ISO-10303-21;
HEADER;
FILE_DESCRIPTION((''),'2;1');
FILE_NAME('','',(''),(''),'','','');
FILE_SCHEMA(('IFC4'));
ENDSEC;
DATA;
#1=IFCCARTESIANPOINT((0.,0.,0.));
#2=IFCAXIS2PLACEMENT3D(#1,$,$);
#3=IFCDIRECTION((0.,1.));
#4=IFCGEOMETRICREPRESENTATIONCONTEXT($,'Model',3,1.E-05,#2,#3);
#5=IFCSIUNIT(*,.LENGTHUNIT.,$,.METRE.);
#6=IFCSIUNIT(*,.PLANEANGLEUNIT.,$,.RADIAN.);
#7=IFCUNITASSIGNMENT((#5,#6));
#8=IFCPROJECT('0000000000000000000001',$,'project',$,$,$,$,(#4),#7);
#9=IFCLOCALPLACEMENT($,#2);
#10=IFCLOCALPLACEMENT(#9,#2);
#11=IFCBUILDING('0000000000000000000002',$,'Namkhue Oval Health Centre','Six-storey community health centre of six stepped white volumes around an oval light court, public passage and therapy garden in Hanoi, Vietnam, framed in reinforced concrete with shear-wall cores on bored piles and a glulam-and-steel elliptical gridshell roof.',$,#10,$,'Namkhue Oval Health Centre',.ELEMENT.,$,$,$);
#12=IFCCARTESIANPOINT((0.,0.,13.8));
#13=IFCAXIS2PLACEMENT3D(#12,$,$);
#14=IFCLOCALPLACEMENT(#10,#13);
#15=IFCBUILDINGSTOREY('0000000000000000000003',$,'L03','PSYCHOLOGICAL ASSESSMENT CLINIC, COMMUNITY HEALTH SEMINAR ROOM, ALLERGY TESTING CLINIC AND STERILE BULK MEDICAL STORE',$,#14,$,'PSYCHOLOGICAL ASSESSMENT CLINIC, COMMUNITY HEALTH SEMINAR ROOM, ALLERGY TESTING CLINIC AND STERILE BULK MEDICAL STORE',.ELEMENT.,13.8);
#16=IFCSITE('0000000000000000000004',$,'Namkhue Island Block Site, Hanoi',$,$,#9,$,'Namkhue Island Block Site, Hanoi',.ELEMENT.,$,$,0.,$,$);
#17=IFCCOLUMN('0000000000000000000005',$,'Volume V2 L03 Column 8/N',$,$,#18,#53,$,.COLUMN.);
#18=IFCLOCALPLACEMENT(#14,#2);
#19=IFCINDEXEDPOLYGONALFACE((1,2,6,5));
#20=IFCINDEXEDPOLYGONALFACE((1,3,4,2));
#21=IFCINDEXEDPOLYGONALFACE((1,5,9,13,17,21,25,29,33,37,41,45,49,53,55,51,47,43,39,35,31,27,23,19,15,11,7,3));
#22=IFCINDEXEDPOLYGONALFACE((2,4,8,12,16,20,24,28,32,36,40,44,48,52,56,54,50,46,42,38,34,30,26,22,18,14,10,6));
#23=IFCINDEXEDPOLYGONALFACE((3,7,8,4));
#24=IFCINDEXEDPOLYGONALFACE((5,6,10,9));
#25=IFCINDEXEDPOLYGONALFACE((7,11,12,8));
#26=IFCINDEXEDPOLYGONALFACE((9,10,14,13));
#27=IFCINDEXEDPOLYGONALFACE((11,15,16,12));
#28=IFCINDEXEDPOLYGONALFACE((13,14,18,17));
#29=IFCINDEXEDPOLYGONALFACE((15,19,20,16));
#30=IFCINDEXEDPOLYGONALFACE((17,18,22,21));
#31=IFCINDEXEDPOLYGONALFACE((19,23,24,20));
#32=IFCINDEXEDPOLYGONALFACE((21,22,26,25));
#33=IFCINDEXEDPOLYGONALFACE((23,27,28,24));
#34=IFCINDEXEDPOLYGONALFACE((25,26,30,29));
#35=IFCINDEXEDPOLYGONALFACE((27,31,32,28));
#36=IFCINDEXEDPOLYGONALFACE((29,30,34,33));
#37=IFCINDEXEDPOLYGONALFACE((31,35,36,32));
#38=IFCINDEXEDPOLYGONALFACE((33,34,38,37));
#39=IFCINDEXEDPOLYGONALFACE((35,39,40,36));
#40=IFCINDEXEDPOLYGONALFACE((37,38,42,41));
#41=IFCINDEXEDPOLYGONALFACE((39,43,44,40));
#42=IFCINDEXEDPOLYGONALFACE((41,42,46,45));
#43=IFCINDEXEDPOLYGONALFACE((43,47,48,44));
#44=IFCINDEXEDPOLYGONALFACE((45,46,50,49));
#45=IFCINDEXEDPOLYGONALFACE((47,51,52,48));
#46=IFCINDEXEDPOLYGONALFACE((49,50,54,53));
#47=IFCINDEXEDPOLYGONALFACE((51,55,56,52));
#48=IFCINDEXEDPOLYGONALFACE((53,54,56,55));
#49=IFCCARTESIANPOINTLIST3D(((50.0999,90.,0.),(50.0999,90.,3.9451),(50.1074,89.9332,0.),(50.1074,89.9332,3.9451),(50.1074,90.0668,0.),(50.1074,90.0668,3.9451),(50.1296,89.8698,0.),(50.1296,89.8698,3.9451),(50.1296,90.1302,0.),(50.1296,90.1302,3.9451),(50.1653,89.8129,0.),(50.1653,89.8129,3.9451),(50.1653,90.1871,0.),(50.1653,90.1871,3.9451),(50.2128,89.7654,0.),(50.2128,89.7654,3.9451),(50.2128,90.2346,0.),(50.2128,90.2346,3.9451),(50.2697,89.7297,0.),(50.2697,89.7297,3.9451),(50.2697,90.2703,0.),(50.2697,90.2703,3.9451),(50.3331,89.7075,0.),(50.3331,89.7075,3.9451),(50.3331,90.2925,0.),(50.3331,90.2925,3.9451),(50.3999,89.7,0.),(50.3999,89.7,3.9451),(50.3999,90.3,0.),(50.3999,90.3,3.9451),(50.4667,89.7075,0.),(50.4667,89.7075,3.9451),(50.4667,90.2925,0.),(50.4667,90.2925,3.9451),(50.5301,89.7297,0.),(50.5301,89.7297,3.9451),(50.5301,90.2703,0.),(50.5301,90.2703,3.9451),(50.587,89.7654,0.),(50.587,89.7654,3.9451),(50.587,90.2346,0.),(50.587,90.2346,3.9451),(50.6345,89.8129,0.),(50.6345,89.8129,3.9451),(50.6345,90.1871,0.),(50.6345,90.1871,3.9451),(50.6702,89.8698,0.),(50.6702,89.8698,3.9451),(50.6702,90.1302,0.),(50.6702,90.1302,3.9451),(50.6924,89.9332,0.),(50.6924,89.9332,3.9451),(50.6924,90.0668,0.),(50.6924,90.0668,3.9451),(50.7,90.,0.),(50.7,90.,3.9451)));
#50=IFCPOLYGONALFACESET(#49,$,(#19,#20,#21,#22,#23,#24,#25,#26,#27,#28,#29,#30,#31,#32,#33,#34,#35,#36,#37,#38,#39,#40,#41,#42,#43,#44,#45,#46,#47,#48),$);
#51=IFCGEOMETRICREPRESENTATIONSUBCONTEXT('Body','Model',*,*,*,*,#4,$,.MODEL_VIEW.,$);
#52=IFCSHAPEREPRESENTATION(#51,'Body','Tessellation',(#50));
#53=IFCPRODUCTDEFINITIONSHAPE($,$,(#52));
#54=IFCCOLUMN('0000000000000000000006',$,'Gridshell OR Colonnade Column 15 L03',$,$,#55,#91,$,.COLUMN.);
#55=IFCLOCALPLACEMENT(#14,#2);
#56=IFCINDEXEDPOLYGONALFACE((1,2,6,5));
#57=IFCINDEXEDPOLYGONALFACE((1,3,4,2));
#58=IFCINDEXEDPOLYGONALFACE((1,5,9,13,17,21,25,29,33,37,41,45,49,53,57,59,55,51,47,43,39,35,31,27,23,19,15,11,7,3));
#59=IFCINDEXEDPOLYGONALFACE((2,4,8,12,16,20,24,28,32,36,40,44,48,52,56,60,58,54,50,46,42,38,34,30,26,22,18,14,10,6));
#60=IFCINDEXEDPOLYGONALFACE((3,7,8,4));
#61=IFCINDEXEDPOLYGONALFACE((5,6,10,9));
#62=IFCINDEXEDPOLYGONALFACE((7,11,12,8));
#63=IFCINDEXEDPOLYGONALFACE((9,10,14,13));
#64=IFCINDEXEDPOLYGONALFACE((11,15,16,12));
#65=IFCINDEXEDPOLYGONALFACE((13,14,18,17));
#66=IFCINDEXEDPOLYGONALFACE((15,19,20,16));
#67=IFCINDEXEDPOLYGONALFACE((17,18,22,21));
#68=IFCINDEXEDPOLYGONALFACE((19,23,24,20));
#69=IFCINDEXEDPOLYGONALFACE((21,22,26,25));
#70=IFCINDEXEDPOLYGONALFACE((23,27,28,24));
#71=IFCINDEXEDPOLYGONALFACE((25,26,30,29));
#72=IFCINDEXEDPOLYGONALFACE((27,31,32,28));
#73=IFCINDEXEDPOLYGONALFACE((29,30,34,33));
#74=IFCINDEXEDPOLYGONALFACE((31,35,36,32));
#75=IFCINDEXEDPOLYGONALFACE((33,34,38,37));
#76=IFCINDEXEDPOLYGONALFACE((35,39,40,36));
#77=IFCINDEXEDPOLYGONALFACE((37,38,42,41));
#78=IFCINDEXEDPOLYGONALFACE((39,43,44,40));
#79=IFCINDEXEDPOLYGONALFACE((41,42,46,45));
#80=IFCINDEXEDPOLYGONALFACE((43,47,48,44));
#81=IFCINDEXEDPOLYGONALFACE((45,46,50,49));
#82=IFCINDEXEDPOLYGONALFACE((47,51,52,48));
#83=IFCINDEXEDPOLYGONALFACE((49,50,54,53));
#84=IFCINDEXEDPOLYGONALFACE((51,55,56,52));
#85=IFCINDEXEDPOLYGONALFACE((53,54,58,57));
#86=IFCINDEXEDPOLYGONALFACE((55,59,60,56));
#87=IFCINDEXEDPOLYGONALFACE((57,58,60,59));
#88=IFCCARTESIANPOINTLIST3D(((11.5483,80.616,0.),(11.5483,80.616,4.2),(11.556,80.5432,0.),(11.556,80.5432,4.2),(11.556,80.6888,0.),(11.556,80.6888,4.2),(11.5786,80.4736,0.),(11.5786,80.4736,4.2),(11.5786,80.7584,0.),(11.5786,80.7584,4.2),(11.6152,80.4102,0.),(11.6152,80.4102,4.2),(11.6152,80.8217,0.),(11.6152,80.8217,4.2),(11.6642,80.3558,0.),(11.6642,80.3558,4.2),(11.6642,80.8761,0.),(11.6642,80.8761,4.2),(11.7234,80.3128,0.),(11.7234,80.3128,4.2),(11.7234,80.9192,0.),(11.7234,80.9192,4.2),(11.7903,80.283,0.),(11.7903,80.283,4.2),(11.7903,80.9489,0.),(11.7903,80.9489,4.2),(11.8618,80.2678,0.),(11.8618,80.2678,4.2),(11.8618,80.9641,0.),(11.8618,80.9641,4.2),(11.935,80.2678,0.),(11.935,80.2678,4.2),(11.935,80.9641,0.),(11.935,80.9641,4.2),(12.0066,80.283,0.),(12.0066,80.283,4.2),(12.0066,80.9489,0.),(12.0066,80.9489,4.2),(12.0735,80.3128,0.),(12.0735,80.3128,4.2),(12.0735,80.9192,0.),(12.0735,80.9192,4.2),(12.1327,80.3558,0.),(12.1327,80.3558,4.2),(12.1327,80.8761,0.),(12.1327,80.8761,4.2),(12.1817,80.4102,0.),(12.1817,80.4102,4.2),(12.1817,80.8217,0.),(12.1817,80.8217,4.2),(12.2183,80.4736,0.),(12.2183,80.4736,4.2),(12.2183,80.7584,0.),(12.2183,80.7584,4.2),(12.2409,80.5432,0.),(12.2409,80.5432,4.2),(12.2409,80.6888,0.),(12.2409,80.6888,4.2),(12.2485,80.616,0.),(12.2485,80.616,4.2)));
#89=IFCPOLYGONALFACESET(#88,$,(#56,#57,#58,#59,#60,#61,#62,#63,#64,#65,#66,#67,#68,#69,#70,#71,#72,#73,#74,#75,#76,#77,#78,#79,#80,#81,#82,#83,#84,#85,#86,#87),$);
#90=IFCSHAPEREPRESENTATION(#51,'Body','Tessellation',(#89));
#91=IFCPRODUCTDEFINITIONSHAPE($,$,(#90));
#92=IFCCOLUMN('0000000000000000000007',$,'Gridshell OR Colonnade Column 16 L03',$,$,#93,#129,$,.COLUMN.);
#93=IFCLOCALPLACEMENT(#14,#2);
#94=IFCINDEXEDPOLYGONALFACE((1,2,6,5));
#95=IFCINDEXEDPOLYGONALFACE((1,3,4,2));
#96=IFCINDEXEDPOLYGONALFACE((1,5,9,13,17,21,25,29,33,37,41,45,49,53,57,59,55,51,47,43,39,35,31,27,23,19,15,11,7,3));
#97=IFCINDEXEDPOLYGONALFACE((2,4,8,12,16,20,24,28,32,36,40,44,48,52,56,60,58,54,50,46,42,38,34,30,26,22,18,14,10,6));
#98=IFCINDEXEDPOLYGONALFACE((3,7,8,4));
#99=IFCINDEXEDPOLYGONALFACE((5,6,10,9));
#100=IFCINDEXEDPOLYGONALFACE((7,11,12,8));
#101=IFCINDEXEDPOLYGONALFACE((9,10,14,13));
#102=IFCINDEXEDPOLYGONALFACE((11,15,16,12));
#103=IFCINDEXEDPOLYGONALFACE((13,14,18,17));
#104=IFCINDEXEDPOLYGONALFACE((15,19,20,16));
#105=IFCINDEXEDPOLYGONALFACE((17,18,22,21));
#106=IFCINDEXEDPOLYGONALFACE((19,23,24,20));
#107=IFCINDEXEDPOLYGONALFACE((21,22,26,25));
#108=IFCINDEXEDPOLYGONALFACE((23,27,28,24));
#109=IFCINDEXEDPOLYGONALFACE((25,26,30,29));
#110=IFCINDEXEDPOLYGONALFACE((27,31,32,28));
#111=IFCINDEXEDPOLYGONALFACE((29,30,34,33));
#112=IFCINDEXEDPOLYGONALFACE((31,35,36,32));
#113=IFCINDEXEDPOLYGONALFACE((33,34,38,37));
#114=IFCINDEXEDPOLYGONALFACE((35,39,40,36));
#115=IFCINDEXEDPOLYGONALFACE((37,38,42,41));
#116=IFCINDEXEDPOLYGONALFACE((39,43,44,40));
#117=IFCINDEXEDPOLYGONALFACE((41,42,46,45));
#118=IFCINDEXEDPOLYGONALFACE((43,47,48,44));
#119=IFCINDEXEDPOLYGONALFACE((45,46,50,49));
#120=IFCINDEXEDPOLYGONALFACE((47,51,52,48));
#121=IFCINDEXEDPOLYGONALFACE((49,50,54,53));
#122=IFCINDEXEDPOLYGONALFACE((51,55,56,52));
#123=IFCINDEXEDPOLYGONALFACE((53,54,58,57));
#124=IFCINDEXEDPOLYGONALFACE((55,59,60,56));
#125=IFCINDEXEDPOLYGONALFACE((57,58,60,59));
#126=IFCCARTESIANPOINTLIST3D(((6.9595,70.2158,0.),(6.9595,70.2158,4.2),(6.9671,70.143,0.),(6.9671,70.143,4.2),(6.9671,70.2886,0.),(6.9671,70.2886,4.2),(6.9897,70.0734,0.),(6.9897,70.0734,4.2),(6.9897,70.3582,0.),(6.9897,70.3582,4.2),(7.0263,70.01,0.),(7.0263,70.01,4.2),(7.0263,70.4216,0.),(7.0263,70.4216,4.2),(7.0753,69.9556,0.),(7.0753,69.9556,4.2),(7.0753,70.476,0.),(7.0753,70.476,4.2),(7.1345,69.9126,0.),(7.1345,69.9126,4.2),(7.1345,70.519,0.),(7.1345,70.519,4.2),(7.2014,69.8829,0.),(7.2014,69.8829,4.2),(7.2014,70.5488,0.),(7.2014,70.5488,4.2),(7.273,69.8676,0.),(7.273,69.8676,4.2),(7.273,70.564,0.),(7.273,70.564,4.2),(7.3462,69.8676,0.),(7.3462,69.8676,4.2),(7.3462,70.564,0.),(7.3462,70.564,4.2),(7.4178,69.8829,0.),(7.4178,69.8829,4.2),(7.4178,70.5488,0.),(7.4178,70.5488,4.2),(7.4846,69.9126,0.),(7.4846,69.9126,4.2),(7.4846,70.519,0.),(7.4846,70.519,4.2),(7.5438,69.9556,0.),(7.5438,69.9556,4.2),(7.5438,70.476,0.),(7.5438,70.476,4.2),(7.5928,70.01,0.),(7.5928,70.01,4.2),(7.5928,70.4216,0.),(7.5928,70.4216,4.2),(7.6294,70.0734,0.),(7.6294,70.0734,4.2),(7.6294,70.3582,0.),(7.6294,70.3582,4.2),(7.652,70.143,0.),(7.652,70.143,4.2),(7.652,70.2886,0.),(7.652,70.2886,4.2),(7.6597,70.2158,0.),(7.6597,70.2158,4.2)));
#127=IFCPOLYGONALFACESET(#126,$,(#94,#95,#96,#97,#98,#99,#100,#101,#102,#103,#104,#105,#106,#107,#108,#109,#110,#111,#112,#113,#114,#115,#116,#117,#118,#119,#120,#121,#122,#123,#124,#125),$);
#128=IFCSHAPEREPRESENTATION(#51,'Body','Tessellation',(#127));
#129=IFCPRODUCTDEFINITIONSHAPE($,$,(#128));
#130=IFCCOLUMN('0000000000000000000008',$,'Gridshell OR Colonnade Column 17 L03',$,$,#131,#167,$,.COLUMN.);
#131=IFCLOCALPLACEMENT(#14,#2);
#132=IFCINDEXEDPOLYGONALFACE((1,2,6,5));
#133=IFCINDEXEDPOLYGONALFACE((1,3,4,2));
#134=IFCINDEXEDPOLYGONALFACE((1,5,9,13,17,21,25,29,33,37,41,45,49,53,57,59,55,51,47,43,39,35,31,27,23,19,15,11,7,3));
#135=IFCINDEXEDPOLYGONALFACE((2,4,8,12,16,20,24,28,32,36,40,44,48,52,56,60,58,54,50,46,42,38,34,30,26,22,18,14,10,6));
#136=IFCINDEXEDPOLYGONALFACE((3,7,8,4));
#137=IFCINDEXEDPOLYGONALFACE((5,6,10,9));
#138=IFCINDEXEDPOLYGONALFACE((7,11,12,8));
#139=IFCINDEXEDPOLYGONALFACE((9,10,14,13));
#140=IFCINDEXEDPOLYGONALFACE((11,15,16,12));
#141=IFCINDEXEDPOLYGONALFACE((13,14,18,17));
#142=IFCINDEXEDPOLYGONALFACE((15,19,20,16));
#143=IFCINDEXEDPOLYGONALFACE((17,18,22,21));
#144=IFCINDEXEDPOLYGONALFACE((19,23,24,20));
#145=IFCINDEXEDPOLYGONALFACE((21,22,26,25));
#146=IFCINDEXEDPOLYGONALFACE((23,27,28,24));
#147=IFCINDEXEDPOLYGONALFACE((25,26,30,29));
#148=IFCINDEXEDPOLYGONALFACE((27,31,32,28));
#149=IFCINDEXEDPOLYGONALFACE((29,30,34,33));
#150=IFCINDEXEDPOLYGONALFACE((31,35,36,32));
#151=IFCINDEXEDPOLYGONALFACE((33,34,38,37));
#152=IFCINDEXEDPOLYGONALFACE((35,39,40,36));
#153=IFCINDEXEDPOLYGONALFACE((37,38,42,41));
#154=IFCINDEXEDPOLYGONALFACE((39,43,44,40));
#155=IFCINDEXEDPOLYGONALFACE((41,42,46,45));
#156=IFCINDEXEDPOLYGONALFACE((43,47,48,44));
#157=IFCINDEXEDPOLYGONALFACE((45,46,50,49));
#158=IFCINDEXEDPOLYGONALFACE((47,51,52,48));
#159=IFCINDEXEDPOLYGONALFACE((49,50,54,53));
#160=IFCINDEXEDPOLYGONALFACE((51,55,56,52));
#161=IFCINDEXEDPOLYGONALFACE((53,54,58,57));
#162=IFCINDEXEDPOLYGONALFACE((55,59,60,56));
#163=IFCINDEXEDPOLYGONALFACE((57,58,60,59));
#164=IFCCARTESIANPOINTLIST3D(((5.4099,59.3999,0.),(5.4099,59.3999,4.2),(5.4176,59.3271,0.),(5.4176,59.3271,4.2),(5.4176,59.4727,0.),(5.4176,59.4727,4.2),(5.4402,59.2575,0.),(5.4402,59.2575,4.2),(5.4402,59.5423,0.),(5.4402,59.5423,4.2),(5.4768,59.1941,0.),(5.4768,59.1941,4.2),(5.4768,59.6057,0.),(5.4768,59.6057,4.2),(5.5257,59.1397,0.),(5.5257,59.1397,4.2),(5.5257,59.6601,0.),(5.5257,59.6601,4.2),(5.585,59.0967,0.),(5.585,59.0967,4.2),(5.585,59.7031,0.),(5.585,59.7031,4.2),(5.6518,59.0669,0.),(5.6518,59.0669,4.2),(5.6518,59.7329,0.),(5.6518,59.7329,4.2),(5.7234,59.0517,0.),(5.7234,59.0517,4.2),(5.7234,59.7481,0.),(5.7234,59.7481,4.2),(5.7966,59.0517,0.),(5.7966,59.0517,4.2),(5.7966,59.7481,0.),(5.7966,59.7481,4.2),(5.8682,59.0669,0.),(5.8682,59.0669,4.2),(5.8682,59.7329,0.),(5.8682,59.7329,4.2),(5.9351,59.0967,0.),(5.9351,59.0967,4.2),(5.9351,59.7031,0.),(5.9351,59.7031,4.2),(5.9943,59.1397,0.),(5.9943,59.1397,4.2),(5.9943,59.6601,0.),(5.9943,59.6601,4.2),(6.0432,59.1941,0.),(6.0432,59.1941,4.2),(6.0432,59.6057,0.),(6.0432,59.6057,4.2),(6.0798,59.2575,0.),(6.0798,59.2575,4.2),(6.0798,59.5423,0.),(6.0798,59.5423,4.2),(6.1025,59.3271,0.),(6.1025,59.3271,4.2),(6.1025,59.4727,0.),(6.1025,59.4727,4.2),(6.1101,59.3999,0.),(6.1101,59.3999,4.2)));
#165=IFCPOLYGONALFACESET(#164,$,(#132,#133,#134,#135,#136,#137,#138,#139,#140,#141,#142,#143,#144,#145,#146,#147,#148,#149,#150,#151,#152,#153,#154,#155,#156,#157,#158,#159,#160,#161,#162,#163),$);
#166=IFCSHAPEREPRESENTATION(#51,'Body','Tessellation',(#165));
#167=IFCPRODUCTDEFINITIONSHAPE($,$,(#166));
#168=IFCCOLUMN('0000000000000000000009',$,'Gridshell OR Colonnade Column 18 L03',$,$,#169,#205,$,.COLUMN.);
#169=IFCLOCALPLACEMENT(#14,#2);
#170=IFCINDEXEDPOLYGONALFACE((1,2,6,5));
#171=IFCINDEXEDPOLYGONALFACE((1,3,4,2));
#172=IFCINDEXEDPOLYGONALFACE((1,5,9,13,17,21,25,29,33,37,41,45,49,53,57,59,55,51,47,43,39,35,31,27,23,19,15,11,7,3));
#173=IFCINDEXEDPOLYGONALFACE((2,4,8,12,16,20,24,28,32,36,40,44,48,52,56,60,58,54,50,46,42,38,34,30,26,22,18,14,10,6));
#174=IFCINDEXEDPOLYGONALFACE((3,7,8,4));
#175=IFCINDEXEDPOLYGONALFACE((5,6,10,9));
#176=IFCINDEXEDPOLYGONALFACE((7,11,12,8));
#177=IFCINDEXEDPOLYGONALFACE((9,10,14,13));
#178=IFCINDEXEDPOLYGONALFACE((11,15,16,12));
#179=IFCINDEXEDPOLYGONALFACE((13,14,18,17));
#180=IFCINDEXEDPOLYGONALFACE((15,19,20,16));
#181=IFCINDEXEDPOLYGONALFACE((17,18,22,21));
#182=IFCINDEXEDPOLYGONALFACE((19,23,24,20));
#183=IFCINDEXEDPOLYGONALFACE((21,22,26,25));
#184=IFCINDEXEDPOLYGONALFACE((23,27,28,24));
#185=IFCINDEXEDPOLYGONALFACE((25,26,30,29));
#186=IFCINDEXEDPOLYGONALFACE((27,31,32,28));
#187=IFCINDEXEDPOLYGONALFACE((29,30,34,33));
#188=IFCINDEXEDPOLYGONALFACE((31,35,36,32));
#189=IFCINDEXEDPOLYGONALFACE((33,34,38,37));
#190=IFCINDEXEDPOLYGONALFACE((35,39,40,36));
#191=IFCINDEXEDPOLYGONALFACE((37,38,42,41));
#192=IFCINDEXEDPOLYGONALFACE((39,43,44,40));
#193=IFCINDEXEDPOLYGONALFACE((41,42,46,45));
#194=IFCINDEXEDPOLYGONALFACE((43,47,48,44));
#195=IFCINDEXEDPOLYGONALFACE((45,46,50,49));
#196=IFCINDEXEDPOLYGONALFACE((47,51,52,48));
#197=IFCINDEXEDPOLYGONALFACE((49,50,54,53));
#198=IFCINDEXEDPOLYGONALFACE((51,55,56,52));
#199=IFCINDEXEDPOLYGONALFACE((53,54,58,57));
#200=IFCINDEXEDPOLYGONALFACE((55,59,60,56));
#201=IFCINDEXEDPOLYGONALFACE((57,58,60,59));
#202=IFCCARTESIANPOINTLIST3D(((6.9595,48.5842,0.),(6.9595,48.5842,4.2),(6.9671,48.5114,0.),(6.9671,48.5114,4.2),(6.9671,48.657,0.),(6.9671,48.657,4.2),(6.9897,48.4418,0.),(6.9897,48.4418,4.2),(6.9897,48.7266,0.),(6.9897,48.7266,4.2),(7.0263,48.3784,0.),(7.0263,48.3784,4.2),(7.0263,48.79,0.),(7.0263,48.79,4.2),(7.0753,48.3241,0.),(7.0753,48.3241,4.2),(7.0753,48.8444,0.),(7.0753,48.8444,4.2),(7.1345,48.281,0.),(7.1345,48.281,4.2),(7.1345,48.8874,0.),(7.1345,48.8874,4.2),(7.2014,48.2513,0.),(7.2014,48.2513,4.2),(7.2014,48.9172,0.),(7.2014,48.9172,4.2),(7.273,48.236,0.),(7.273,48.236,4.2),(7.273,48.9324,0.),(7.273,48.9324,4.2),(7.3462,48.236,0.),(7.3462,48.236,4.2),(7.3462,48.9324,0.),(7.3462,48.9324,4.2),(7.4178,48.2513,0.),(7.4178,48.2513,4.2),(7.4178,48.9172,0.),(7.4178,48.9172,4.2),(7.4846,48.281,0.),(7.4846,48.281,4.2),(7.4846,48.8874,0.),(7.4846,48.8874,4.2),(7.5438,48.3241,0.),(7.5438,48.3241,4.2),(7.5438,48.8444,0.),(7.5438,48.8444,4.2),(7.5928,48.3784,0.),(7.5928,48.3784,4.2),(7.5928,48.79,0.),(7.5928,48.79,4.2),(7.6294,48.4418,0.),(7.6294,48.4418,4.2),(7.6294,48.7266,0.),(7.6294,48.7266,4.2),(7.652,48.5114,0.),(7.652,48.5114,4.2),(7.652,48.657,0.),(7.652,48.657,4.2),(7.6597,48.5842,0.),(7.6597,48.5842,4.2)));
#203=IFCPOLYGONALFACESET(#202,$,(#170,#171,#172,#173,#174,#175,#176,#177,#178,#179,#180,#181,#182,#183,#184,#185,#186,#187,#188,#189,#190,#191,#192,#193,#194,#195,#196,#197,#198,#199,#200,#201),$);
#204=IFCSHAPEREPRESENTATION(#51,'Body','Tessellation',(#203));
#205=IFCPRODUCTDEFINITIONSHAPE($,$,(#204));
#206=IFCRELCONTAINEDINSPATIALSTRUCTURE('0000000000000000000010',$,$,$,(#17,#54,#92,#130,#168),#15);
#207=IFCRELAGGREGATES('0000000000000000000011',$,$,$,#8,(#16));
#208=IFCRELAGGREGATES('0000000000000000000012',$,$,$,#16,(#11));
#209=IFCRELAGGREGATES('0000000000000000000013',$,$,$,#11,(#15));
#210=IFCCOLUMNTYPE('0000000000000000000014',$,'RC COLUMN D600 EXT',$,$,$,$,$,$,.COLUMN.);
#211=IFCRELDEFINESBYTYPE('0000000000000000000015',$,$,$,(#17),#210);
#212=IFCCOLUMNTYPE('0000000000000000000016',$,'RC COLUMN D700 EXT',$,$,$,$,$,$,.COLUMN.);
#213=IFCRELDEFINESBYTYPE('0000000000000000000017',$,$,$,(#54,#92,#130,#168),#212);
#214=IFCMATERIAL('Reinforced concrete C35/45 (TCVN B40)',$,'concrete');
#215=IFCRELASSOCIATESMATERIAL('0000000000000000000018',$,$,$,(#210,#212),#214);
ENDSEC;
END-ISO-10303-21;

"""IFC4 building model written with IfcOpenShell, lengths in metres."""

from ifc_helpers import new_model, si_unit, direction, frame, origin, origin_2d, place, context, subcontext, project, spatial, circle, extrude, material, material_profile, profile_set, type_object, element, save


model = new_model("IFC4")

# Units and contexts
model_context = context("Model", 3, precision=1e-05, world=origin(), true_north=direction((0.0, 1.0)))
body_context = subcontext(model_context, "Body", "Model", "MODEL_VIEW")
ifc_project = project(units=[si_unit("LENGTHUNIT", "METRE"), si_unit("PLANEANGLEUNIT", "RADIAN")], contexts=[model_context])

# Site, building, storey
site_placement = place(None, origin())
site = spatial("IfcSite", under=ifc_project, at=site_placement, Name="Namkhue Island Block Site, Hanoi", LongName="Namkhue Island Block Site, Hanoi", CompositionType="ELEMENT", RefElevation=0.0)
building_placement = place(site_placement, origin())
building = spatial("IfcBuilding", under=site, at=building_placement, Name="Namkhue Oval Health Centre", Description="Six-storey community health centre of six stepped white volumes around an oval light court, public passage and therapy garden in Hanoi, Vietnam, framed in reinforced concrete with shear-wall cores on bored piles and a glulam-and-steel elliptical gridshell roof.", LongName="Namkhue Oval Health Centre", CompositionType="ELEMENT")
storey_placement = place(building_placement, frame((0.0, 0.0, 13.8)))
storey = spatial("IfcBuildingStorey", under=building, at=storey_placement, Name="L03", Description="PSYCHOLOGICAL ASSESSMENT CLINIC, COMMUNITY HEALTH SEMINAR ROOM, ALLERGY TESTING CLINIC AND STERILE BULK MEDICAL STORE", LongName="PSYCHOLOGICAL ASSESSMENT CLINIC, COMMUNITY HEALTH SEMINAR ROOM, ALLERGY TESTING CLINIC AND STERILE BULK MEDICAL STORE", CompositionType="ELEMENT", Elevation=13.8)

# Columns
ifc_material_1 = material(Name="Reinforced concrete C35/45 (TCVN B40)", Category="concrete")
ifc_material_profile_1 = material_profile(ifc_material_1, circle(Radius=0.3, at=origin_2d()), Name="RC D600")
ifc_profile_set_1 = profile_set([ifc_material_profile_1], Name="Reinforced concrete C35/45 (TCVN B40)")
column_type_1 = type_object("IfcColumnType", Name="RC COLUMN D600 EXT", PredefinedType="COLUMN", material=ifc_profile_set_1)
column_placement = place(storey_placement, frame((50.3999, 90.0, 0.0), z_axis=(0.0, 0.0, 1.0), x_axis=(1.0, 0.0, 0.0)))
element("IfcColumn", 1, at=column_placement, inside=storey, type_object=column_type_1, Name="Volume V2 L03 Column 8/N", PredefinedType="COLUMN", context=body_context, shape_type="SweptSolid", body=[
    extrude(circle(Radius=0.3, at=origin_2d()), origin(), (0.0, 0.0, 1.0), 3.9451),
])
ifc_material_profile_2 = material_profile(ifc_material_1, circle(Radius=0.3501, at=origin_2d()), Name="RC D700")
ifc_profile_set_2 = profile_set([ifc_material_profile_2], Name="Reinforced concrete C35/45 (TCVN B40)")
column_type_2 = type_object("IfcColumnType", Name="RC COLUMN D700 EXT", PredefinedType="COLUMN", material=ifc_profile_set_2)
for number, where, z_axis, x_axis, name in (
    (2, (11.8984, 80.616, 0.0), (0.0, 0.0, 1.0), (1.0, 0.0, 0.0), "Gridshell OR Colonnade Column 15 L03"),
    (3, (7.3096, 70.2158, 0.0), (0.0, 0.0, 1.0), (1.0, 0.0, 0.0), "Gridshell OR Colonnade Column 16 L03"),
    (4, (5.76, 59.3999, 0.0), (0.0, 0.0, 1.0), (1.0, 0.0, 0.0), "Gridshell OR Colonnade Column 17 L03"),
    (5, (7.3096, 48.5842, 0.0), (0.0, 0.0, 1.0), (1.0, 0.0, 0.0), "Gridshell OR Colonnade Column 18 L03"),
):
    element("IfcColumn", number, at=place(storey_placement, frame(where, z_axis=z_axis, x_axis=x_axis)), inside=storey, type_object=column_type_2, Name=name, PredefinedType="COLUMN", context=body_context, shape_type="SweptSolid", body=[
        extrude(circle(Radius=0.3501, at=origin_2d()), origin(), (0.0, 0.0, 1.0), 4.2),
    ])

save(model, "model.ifc")
